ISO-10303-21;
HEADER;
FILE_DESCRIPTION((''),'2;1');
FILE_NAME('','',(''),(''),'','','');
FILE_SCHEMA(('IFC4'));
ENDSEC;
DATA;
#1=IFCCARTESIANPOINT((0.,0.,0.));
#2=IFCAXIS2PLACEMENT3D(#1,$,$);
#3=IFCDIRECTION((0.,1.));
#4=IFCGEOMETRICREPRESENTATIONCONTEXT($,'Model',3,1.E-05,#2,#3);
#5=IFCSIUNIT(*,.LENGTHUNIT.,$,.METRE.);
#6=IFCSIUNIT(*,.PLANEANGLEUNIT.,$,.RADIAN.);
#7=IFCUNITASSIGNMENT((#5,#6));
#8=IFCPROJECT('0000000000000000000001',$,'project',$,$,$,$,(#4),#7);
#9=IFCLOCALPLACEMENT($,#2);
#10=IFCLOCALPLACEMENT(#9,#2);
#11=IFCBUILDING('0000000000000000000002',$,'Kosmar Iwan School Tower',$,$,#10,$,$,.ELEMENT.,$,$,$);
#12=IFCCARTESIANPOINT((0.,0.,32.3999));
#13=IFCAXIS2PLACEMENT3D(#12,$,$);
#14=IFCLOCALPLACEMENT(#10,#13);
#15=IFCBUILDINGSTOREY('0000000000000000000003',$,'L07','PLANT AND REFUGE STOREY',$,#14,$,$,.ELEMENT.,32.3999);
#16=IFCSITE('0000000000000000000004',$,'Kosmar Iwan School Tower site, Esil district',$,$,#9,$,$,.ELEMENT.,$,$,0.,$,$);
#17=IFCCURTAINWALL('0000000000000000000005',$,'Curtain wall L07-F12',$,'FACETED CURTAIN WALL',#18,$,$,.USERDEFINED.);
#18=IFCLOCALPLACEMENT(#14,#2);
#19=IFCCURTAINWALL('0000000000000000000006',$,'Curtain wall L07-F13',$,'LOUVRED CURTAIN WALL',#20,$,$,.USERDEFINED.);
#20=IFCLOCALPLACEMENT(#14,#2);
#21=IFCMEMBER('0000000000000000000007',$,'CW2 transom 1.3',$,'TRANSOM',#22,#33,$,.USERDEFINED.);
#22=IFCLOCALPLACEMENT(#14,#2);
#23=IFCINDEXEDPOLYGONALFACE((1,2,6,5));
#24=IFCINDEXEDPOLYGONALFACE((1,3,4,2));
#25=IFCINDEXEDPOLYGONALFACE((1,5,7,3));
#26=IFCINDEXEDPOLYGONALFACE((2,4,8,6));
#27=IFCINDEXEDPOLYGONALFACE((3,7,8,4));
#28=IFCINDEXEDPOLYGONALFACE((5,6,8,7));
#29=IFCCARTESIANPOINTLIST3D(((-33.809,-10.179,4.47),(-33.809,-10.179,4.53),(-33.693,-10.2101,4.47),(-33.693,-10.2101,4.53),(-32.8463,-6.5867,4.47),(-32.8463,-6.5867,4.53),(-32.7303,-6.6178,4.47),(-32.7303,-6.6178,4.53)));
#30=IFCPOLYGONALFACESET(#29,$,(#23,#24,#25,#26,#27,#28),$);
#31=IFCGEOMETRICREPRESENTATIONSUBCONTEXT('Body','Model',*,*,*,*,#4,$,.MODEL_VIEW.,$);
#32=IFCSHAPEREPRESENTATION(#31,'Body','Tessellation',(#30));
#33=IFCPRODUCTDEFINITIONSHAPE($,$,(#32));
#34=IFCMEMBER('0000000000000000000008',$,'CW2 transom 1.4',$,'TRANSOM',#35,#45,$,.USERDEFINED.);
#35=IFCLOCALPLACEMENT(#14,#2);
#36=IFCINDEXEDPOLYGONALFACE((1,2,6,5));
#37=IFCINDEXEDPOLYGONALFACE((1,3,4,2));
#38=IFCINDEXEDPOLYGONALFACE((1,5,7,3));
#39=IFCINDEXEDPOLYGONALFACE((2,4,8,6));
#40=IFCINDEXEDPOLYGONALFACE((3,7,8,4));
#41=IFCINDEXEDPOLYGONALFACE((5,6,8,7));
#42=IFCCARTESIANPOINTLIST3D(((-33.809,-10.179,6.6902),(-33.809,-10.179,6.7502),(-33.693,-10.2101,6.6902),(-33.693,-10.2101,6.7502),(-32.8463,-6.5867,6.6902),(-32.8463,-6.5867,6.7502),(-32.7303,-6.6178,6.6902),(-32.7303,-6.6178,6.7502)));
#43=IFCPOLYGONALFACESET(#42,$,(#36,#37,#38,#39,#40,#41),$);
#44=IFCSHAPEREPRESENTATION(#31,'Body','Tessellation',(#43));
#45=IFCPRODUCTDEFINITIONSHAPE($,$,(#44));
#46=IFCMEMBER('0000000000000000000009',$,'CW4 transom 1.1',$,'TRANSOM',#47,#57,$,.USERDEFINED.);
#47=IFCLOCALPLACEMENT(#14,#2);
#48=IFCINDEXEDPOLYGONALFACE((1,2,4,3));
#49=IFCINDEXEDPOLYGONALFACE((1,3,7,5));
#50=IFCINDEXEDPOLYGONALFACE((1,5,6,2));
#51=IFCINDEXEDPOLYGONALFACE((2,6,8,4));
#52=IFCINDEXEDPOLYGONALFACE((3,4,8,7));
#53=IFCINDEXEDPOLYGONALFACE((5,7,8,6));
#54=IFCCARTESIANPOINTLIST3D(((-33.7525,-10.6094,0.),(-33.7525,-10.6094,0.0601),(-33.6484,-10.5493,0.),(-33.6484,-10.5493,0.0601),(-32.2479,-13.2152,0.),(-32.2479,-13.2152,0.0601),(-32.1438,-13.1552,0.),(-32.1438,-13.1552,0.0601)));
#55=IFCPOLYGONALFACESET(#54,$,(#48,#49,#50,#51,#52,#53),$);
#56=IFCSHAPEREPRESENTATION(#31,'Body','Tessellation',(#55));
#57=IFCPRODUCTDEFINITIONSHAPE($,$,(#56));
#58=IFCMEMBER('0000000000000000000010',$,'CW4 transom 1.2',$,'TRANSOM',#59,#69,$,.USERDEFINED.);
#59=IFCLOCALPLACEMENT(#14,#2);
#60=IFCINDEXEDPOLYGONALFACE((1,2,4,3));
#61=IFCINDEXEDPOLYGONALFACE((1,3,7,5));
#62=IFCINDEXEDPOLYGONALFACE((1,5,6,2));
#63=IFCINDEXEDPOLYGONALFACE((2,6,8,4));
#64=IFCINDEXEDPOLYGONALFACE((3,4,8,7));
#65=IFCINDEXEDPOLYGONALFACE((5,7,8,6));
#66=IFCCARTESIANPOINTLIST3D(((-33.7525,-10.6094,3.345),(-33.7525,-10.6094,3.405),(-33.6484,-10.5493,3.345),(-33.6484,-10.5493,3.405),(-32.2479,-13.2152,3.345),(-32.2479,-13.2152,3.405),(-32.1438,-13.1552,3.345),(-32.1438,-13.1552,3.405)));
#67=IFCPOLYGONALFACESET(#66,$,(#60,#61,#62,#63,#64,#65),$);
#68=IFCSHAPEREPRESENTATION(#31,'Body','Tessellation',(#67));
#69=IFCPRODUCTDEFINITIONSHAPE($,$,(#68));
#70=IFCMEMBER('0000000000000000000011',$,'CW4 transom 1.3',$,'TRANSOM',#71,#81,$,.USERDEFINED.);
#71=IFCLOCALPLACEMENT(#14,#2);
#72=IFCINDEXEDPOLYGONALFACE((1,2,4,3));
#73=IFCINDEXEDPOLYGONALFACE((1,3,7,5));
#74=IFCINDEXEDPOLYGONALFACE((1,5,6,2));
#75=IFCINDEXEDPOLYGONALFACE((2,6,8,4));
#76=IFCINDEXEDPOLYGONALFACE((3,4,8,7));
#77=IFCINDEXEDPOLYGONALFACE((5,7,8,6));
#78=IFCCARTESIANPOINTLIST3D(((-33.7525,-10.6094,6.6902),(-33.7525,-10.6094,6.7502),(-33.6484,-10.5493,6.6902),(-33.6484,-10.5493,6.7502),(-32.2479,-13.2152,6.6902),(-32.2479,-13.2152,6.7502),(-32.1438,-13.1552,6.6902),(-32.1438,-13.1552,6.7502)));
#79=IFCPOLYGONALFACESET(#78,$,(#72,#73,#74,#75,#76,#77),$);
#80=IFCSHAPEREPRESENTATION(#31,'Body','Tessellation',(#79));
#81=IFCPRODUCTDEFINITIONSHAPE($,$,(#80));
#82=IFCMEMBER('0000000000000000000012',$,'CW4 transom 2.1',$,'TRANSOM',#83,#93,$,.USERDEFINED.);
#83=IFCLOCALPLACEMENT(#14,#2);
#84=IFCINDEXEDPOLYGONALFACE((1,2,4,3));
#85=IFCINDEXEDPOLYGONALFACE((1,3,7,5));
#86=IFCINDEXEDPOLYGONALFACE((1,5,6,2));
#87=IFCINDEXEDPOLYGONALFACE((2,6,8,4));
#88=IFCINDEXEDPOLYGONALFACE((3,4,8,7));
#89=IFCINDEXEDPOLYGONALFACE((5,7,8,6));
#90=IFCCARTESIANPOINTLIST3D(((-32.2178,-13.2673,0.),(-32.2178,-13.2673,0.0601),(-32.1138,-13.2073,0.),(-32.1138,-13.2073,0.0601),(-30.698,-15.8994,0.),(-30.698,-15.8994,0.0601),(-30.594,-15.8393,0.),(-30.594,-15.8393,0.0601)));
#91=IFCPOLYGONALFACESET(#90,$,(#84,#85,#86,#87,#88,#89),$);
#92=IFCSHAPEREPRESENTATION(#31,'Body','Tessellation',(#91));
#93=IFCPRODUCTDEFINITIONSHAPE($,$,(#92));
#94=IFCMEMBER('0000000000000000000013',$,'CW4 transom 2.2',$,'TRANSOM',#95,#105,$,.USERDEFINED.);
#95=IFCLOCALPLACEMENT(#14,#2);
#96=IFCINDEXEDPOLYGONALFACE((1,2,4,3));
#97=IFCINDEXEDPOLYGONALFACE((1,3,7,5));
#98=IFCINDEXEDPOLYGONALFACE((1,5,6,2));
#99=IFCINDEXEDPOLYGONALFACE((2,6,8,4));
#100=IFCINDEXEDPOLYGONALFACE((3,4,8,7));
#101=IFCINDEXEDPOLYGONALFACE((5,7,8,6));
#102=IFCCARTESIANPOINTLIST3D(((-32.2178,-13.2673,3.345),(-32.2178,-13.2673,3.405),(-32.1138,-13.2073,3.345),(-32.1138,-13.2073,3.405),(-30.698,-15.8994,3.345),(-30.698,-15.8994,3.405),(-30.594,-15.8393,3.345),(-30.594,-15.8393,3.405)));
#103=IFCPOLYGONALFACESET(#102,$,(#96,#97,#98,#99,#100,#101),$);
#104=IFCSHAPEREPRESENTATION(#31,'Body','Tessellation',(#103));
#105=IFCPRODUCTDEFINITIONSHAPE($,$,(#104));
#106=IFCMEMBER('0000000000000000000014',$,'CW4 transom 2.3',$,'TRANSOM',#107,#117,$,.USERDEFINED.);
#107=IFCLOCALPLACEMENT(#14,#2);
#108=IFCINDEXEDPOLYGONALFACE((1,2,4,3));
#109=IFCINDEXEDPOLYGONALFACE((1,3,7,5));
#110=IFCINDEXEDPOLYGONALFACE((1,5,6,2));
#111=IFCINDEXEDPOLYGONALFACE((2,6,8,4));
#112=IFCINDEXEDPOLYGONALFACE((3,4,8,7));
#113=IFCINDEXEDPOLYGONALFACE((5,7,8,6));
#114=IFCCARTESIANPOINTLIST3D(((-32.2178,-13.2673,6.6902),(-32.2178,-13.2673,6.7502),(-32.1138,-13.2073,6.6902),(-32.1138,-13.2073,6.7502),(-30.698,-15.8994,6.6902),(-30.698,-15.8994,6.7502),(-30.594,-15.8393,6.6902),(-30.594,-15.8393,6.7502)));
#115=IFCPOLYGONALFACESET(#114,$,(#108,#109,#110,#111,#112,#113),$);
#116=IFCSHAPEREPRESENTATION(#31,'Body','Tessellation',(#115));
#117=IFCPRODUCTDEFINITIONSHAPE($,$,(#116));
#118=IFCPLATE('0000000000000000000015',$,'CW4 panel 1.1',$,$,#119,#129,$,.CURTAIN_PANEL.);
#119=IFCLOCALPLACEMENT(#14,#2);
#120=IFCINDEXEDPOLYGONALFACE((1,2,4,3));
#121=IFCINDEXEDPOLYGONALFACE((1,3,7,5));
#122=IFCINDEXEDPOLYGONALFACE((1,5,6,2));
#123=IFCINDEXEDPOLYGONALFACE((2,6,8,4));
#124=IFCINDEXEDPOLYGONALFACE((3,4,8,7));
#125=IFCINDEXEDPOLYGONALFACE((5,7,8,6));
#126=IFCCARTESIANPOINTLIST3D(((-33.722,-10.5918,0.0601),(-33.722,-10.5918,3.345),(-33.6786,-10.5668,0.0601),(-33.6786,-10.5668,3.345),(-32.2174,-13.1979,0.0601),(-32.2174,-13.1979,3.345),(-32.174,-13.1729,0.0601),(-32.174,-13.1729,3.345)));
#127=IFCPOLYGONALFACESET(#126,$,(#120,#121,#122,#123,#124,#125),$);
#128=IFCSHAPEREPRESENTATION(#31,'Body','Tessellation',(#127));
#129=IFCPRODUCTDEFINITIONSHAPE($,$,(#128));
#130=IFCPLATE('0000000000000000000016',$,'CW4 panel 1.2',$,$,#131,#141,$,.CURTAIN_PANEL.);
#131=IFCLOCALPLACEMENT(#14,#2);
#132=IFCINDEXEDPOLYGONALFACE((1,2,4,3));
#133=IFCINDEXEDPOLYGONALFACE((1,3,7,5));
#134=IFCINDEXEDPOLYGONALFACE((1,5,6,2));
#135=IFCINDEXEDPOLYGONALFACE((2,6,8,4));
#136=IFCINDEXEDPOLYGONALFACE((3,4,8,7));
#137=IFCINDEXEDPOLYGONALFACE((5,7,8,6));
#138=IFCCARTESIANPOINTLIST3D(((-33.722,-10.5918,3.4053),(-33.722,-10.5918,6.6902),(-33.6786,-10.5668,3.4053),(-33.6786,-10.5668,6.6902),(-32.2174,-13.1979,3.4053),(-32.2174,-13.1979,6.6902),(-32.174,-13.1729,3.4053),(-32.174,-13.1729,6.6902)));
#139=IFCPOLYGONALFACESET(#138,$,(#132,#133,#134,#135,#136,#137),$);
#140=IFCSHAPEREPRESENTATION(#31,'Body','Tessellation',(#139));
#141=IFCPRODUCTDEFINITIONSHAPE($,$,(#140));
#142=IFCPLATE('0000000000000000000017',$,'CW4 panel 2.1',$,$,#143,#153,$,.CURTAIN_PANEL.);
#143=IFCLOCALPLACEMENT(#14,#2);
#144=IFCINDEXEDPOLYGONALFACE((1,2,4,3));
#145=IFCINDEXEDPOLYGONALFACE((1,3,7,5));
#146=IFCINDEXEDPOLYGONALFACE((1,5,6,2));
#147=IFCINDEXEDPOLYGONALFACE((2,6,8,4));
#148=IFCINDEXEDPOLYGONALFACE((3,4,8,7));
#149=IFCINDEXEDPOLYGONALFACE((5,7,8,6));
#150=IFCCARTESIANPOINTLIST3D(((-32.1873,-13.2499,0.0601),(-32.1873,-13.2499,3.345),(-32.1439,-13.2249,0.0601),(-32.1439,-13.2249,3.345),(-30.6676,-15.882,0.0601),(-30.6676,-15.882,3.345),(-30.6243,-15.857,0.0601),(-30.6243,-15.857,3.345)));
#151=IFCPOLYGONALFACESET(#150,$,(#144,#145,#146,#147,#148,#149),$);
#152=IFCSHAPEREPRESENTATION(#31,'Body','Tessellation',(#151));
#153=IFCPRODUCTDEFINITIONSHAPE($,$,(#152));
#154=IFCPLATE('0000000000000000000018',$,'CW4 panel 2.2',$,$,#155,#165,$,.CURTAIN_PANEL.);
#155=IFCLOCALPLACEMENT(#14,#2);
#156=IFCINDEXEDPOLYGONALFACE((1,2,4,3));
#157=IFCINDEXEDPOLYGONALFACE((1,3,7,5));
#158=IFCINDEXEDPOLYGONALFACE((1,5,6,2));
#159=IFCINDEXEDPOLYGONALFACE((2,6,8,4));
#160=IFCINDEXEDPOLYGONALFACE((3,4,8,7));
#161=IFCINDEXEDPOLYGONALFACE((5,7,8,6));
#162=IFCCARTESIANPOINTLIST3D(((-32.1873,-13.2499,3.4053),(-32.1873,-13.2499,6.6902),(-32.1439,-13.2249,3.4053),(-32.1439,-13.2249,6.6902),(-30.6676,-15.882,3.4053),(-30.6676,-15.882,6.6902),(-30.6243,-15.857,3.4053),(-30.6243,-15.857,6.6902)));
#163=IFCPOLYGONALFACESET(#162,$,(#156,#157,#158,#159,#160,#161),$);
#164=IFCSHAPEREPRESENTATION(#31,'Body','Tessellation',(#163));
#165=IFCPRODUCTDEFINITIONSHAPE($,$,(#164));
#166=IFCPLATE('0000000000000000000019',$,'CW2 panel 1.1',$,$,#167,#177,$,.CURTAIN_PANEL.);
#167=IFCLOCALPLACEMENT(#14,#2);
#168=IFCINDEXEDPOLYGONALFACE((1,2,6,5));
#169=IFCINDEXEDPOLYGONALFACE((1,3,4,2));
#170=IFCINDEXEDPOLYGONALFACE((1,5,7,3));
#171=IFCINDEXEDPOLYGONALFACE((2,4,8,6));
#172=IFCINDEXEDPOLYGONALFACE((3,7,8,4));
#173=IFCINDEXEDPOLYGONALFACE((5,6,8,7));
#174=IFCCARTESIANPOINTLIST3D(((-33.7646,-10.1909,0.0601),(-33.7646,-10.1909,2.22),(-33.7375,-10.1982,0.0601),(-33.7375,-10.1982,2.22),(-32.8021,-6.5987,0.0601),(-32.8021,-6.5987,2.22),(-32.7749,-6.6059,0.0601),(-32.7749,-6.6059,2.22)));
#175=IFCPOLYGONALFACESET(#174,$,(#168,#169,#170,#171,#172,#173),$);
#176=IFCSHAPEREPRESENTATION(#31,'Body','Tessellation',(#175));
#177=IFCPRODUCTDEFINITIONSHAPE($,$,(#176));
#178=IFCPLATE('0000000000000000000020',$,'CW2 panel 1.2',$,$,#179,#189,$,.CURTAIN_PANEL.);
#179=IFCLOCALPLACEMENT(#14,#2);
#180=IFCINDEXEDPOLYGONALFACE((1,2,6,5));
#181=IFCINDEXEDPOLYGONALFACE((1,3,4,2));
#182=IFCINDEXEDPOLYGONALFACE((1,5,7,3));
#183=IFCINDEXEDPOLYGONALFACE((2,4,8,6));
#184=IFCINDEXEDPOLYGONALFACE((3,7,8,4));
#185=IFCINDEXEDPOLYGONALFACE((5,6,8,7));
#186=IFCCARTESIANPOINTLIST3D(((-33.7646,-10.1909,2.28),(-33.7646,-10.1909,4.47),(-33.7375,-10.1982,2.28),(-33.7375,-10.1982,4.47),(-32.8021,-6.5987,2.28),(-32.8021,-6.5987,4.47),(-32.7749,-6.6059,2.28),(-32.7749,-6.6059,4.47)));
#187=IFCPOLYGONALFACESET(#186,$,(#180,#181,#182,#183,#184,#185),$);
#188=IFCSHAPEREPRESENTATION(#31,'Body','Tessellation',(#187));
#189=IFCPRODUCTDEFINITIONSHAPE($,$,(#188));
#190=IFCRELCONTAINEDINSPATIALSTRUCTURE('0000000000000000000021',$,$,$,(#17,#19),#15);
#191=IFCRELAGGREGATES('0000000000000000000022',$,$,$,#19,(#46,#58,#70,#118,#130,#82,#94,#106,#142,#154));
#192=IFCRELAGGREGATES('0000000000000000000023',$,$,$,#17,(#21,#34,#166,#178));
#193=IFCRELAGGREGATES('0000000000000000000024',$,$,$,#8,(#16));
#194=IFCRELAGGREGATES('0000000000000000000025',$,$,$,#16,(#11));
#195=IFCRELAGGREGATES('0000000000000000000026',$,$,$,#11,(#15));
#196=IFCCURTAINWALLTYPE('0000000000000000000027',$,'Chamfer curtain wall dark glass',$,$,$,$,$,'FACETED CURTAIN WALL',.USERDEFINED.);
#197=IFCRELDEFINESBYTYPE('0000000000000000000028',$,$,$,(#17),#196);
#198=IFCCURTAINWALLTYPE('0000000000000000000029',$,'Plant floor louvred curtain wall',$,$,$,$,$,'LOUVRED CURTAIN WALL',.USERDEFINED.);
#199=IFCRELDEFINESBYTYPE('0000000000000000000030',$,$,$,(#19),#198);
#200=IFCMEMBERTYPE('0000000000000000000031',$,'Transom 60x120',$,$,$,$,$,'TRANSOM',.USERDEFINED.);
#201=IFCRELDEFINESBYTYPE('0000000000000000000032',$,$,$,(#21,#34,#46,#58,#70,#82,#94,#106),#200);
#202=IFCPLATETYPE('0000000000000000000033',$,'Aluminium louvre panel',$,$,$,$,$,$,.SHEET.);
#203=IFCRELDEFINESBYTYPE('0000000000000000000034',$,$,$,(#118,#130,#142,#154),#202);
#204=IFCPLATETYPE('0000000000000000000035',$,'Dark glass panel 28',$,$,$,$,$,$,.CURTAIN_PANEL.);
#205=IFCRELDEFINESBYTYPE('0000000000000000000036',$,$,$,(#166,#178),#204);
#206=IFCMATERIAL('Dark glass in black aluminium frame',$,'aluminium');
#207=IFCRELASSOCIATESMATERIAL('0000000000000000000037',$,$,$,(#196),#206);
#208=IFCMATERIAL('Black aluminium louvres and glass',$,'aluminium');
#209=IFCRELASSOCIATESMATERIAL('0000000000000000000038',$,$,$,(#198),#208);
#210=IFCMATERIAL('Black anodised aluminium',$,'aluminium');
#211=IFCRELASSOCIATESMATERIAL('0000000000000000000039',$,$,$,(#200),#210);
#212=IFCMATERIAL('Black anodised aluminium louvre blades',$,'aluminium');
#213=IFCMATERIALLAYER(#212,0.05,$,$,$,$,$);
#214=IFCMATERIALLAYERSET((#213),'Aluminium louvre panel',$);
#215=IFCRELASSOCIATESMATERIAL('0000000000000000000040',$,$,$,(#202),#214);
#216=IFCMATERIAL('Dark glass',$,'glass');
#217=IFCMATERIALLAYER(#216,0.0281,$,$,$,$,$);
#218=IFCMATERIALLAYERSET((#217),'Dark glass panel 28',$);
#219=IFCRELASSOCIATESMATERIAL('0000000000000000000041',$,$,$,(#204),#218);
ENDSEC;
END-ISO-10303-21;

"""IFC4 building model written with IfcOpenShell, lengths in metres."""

from ifc_helpers import new_model, si_unit, direction, frame, origin, origin_2d, place, context, subcontext, project, spatial, rectangle, extrude, material, layer, layer_set, material_profile, profile_set, type_object, element, aggregate, save


model = new_model("IFC4")

# Units and contexts
model_context = context("Model", 3, precision=1e-05, world=origin(), true_north=direction((0.0, 1.0)))
body_context = subcontext(model_context, "Body", "Model", "MODEL_VIEW")
ifc_project = project(units=[si_unit("LENGTHUNIT", "METRE"), si_unit("PLANEANGLEUNIT", "RADIAN")], contexts=[model_context])

# Site, building, storey
site_placement = place(None, origin())
site = spatial("IfcSite", under=ifc_project, at=site_placement, Name="Kosmar Iwan School Tower site, Esil district", CompositionType="ELEMENT", RefElevation=0.0)
building_placement = place(site_placement, origin())
building = spatial("IfcBuilding", under=site, at=building_placement, Name="Kosmar Iwan School Tower", CompositionType="ELEMENT")
storey_placement = place(building_placement, frame((0.0, 0.0, 32.3999)))
storey = spatial("IfcBuildingStorey", under=building, at=storey_placement, Name="L07", Description="PLANT AND REFUGE STOREY", CompositionType="ELEMENT", Elevation=32.3999)

# Curtain walls
ifc_material_1 = material(Name="Dark glass in black aluminium frame", Category="aluminium")
curtain_wall_type_1 = type_object("IfcCurtainWallType", Name="Chamfer curtain wall dark glass", ElementType="FACETED CURTAIN WALL", PredefinedType="USERDEFINED", material=ifc_material_1)
curtain_wall_1_placement = place(storey_placement, origin())
curtain_wall_1 = element("IfcCurtainWall", 1, at=curtain_wall_1_placement, inside=storey, type_object=curtain_wall_type_1, Name="Curtain wall L07-F12", ObjectType="FACETED CURTAIN WALL", PredefinedType="USERDEFINED")
ifc_material_2 = material(Name="Black aluminium louvres and glass", Category="aluminium")
curtain_wall_type_2 = type_object("IfcCurtainWallType", Name="Plant floor louvred curtain wall", ElementType="LOUVRED CURTAIN WALL", PredefinedType="USERDEFINED", material=ifc_material_2)
curtain_wall_2_placement = place(storey_placement, origin())
curtain_wall_2 = element("IfcCurtainWall", 2, at=curtain_wall_2_placement, inside=storey, type_object=curtain_wall_type_2, Name="Curtain wall L07-F13", ObjectType="LOUVRED CURTAIN WALL", PredefinedType="USERDEFINED")

# Members
ifc_material_3 = material(Name="Black anodised aluminium", Category="aluminium")
ifc_material_profile_1 = material_profile(ifc_material_3, rectangle(XDim=0.1201, YDim=0.0601, at=origin_2d()), Name="TRANSOM 60x120")
ifc_profile_set_1 = profile_set([ifc_material_profile_1], Name="Black anodised aluminium")
member_type_1 = type_object("IfcMemberType", Name="Transom 60x120", ElementType="TRANSOM", PredefinedType="USERDEFINED", material=ifc_profile_set_1)
member_1_placement = place(storey_placement, frame((-32.7883, -6.6023, 4.5), z_axis=(-0.258843, -0.965919, 0.0), x_axis=(0.965919, -0.258843, 0.0)))
member_1 = element("IfcMember", 3, at=member_1_placement, type_object=member_type_1, Name="CW2 transom 1.3", ObjectType="TRANSOM", PredefinedType="USERDEFINED", context=body_context, shape_type="SweptSolid", body=[
    extrude(rectangle(XDim=0.1201, YDim=0.0601, at=origin_2d()), origin(), (0.0, 0.0, 1.0), 3.719),
])
member_2_placement = place(storey_placement, frame((-32.7883, -6.6023, 6.7202), z_axis=(-0.258843, -0.965919, 0.0), x_axis=(0.965919, -0.258843, 0.0)))
member_2 = element("IfcMember", 4, at=member_2_placement, type_object=member_type_1, Name="CW2 transom 1.4", ObjectType="TRANSOM", PredefinedType="USERDEFINED", context=body_context, shape_type="SweptSolid", body=[
    extrude(rectangle(XDim=0.1201, YDim=0.0601, at=origin_2d()), origin(), (0.0, 0.0, 1.0), 3.719),
])
member_3_placement = place(storey_placement, frame((-33.7004, -10.5793, 0.03), z_axis=(0.500022, -0.866013, 0.0), x_axis=(0.866013, 0.500022, 0.0)))
member_3 = element("IfcMember", 5, at=member_3_placement, type_object=member_type_1, Name="CW4 transom 1.1", ObjectType="TRANSOM", PredefinedType="USERDEFINED", context=body_context, shape_type="SweptSolid", body=[
    extrude(rectangle(XDim=0.1201, YDim=0.0601, at=origin_2d()), origin(), (0.0, 0.0, 1.0), 3.009),
])
member_4_placement = place(storey_placement, frame((-33.7004, -10.5793, 3.375), z_axis=(0.500022, -0.866013, 0.0), x_axis=(0.866013, 0.500022, 0.0)))
member_4 = element("IfcMember", 6, at=member_4_placement, type_object=member_type_1, Name="CW4 transom 1.2", ObjectType="TRANSOM", PredefinedType="USERDEFINED", context=body_context, shape_type="SweptSolid", body=[
    extrude(rectangle(XDim=0.1201, YDim=0.0601, at=origin_2d()), origin(), (0.0, 0.0, 1.0), 3.009),
])
member_5_placement = place(storey_placement, frame((-33.7004, -10.5793, 6.7202), z_axis=(0.500022, -0.866013, 0.0), x_axis=(0.866013, 0.500022, 0.0)))
member_5 = element("IfcMember", 7, at=member_5_placement, type_object=member_type_1, Name="CW4 transom 1.3", ObjectType="TRANSOM", PredefinedType="USERDEFINED", context=body_context, shape_type="SweptSolid", body=[
    extrude(rectangle(XDim=0.1201, YDim=0.0601, at=origin_2d()), origin(), (0.0, 0.0, 1.0), 3.009),
])
member_6_placement = place(storey_placement, frame((-32.1658, -13.2373, 0.03), z_axis=(0.500035, -0.866005, 0.0), x_axis=(0.866005, 0.500035, 0.0)))
member_6 = element("IfcMember", 8, at=member_6_placement, type_object=member_type_1, Name="CW4 transom 2.1", ObjectType="TRANSOM", PredefinedType="USERDEFINED", context=body_context, shape_type="SweptSolid", body=[
    extrude(rectangle(XDim=0.1201, YDim=0.0601, at=origin_2d()), origin(), (0.0, 0.0, 1.0), 3.0393),
])
member_7_placement = place(storey_placement, frame((-32.1658, -13.2373, 3.375), z_axis=(0.500035, -0.866005, 0.0), x_axis=(0.866005, 0.500035, 0.0)))
member_7 = element("IfcMember", 9, at=member_7_placement, type_object=member_type_1, Name="CW4 transom 2.2", ObjectType="TRANSOM", PredefinedType="USERDEFINED", context=body_context, shape_type="SweptSolid", body=[
    extrude(rectangle(XDim=0.1201, YDim=0.0601, at=origin_2d()), origin(), (0.0, 0.0, 1.0), 3.0393),
])
member_8_placement = place(storey_placement, frame((-32.1658, -13.2373, 6.7202), z_axis=(0.500035, -0.866005, 0.0), x_axis=(0.866005, 0.500035, 0.0)))
member_8 = element("IfcMember", 10, at=member_8_placement, type_object=member_type_1, Name="CW4 transom 2.3", ObjectType="TRANSOM", PredefinedType="USERDEFINED", context=body_context, shape_type="SweptSolid", body=[
    extrude(rectangle(XDim=0.1201, YDim=0.0601, at=origin_2d()), origin(), (0.0, 0.0, 1.0), 3.0393),
])

# Plates
ifc_material_4 = material(Name="Black anodised aluminium louvre blades", Category="aluminium")
ifc_layer_1 = layer(ifc_material_4, 0.05)
ifc_layer_set_1 = layer_set([ifc_layer_1], Name="Aluminium louvre panel")
plate_type_1 = type_object("IfcPlateType", Name="Aluminium louvre panel", PredefinedType="SHEET", material=ifc_layer_set_1)
plate_1_placement = place(storey_placement, frame((-32.948, -11.8823, 0.0601), z_axis=(0.0, 0.0, 1.0), x_axis=(0.5, -0.866025, 0.0)))
plate_1 = element("IfcPlate", 11, at=plate_1_placement, type_object=plate_type_1, Name="CW4 panel 1.1", PredefinedType="CURTAIN_PANEL", context=body_context, shape_type="SweptSolid", body=[
    extrude(rectangle(XDim=3.0093, YDim=0.05, at=origin_2d()), origin(), (0.0, 0.0, 1.0), 3.2849),
])
plate_2_placement = place(storey_placement, frame((-32.948, -11.8823, 3.4053), z_axis=(0.0, 0.0, 1.0), x_axis=(0.5, -0.866025, 0.0)))
plate_2 = element("IfcPlate", 12, at=plate_2_placement, type_object=plate_type_1, Name="CW4 panel 1.2", PredefinedType="CURTAIN_PANEL", context=body_context, shape_type="SweptSolid", body=[
    extrude(rectangle(XDim=3.0093, YDim=0.05, at=origin_2d()), origin(), (0.0, 0.0, 1.0), 3.2849),
])
plate_3_placement = place(storey_placement, frame((-31.4058, -14.5535, 0.0601), z_axis=(0.0, 0.0, 1.0), x_axis=(0.5, -0.866025, 0.0)))
plate_3 = element("IfcPlate", 13, at=plate_3_placement, type_object=plate_type_1, Name="CW4 panel 2.1", PredefinedType="CURTAIN_PANEL", context=body_context, shape_type="SweptSolid", body=[
    extrude(rectangle(XDim=3.0393, YDim=0.05, at=origin_2d()), origin(), (0.0, 0.0, 1.0), 3.2849),
])
plate_4_placement = place(storey_placement, frame((-31.4058, -14.5535, 3.4053), z_axis=(0.0, 0.0, 1.0), x_axis=(0.5, -0.866025, 0.0)))
plate_4 = element("IfcPlate", 14, at=plate_4_placement, type_object=plate_type_1, Name="CW4 panel 2.2", PredefinedType="CURTAIN_PANEL", context=body_context, shape_type="SweptSolid", body=[
    extrude(rectangle(XDim=3.0393, YDim=0.05, at=origin_2d()), origin(), (0.0, 0.0, 1.0), 3.2849),
])
aggregate(curtain_wall_2, [member_3, member_4, member_5, plate_1, plate_2, member_6, member_7, member_8, plate_3, plate_4])
ifc_material_5 = material(Name="Dark glass", Category="glass")
ifc_layer_2 = layer(ifc_material_5, 0.0281)
ifc_layer_set_2 = layer_set([ifc_layer_2], Name="Dark glass panel 28")
plate_type_2 = type_object("IfcPlateType", Name="Dark glass panel 28", PredefinedType="CURTAIN_PANEL", material=ifc_layer_set_2)
plate_5_placement = place(storey_placement, frame((-33.2698, -8.3984, 0.0601), z_axis=(0.0, 0.0, 1.0), x_axis=(-0.258819, -0.965926, 0.0)))
plate_5 = element("IfcPlate", 15, at=plate_5_placement, type_object=plate_type_2, Name="CW2 panel 1.1", PredefinedType="CURTAIN_PANEL", context=body_context, shape_type="SweptSolid", body=[
    extrude(rectangle(XDim=3.719, YDim=0.0281, at=origin_2d()), origin(), (0.0, 0.0, 1.0), 2.1599),
])
plate_6_placement = place(storey_placement, frame((-33.2698, -8.3984, 2.28), z_axis=(0.0, 0.0, 1.0), x_axis=(-0.258819, -0.965926, 0.0)))
plate_6 = element("IfcPlate", 16, at=plate_6_placement, type_object=plate_type_2, Name="CW2 panel 1.2", PredefinedType="CURTAIN_PANEL", context=body_context, shape_type="SweptSolid", body=[
    extrude(rectangle(XDim=3.719, YDim=0.0281, at=origin_2d()), origin(), (0.0, 0.0, 1.0), 2.1899),
])
aggregate(curtain_wall_1, [member_1, member_2, plate_5, plate_6])

save(model, "model.ifc")
